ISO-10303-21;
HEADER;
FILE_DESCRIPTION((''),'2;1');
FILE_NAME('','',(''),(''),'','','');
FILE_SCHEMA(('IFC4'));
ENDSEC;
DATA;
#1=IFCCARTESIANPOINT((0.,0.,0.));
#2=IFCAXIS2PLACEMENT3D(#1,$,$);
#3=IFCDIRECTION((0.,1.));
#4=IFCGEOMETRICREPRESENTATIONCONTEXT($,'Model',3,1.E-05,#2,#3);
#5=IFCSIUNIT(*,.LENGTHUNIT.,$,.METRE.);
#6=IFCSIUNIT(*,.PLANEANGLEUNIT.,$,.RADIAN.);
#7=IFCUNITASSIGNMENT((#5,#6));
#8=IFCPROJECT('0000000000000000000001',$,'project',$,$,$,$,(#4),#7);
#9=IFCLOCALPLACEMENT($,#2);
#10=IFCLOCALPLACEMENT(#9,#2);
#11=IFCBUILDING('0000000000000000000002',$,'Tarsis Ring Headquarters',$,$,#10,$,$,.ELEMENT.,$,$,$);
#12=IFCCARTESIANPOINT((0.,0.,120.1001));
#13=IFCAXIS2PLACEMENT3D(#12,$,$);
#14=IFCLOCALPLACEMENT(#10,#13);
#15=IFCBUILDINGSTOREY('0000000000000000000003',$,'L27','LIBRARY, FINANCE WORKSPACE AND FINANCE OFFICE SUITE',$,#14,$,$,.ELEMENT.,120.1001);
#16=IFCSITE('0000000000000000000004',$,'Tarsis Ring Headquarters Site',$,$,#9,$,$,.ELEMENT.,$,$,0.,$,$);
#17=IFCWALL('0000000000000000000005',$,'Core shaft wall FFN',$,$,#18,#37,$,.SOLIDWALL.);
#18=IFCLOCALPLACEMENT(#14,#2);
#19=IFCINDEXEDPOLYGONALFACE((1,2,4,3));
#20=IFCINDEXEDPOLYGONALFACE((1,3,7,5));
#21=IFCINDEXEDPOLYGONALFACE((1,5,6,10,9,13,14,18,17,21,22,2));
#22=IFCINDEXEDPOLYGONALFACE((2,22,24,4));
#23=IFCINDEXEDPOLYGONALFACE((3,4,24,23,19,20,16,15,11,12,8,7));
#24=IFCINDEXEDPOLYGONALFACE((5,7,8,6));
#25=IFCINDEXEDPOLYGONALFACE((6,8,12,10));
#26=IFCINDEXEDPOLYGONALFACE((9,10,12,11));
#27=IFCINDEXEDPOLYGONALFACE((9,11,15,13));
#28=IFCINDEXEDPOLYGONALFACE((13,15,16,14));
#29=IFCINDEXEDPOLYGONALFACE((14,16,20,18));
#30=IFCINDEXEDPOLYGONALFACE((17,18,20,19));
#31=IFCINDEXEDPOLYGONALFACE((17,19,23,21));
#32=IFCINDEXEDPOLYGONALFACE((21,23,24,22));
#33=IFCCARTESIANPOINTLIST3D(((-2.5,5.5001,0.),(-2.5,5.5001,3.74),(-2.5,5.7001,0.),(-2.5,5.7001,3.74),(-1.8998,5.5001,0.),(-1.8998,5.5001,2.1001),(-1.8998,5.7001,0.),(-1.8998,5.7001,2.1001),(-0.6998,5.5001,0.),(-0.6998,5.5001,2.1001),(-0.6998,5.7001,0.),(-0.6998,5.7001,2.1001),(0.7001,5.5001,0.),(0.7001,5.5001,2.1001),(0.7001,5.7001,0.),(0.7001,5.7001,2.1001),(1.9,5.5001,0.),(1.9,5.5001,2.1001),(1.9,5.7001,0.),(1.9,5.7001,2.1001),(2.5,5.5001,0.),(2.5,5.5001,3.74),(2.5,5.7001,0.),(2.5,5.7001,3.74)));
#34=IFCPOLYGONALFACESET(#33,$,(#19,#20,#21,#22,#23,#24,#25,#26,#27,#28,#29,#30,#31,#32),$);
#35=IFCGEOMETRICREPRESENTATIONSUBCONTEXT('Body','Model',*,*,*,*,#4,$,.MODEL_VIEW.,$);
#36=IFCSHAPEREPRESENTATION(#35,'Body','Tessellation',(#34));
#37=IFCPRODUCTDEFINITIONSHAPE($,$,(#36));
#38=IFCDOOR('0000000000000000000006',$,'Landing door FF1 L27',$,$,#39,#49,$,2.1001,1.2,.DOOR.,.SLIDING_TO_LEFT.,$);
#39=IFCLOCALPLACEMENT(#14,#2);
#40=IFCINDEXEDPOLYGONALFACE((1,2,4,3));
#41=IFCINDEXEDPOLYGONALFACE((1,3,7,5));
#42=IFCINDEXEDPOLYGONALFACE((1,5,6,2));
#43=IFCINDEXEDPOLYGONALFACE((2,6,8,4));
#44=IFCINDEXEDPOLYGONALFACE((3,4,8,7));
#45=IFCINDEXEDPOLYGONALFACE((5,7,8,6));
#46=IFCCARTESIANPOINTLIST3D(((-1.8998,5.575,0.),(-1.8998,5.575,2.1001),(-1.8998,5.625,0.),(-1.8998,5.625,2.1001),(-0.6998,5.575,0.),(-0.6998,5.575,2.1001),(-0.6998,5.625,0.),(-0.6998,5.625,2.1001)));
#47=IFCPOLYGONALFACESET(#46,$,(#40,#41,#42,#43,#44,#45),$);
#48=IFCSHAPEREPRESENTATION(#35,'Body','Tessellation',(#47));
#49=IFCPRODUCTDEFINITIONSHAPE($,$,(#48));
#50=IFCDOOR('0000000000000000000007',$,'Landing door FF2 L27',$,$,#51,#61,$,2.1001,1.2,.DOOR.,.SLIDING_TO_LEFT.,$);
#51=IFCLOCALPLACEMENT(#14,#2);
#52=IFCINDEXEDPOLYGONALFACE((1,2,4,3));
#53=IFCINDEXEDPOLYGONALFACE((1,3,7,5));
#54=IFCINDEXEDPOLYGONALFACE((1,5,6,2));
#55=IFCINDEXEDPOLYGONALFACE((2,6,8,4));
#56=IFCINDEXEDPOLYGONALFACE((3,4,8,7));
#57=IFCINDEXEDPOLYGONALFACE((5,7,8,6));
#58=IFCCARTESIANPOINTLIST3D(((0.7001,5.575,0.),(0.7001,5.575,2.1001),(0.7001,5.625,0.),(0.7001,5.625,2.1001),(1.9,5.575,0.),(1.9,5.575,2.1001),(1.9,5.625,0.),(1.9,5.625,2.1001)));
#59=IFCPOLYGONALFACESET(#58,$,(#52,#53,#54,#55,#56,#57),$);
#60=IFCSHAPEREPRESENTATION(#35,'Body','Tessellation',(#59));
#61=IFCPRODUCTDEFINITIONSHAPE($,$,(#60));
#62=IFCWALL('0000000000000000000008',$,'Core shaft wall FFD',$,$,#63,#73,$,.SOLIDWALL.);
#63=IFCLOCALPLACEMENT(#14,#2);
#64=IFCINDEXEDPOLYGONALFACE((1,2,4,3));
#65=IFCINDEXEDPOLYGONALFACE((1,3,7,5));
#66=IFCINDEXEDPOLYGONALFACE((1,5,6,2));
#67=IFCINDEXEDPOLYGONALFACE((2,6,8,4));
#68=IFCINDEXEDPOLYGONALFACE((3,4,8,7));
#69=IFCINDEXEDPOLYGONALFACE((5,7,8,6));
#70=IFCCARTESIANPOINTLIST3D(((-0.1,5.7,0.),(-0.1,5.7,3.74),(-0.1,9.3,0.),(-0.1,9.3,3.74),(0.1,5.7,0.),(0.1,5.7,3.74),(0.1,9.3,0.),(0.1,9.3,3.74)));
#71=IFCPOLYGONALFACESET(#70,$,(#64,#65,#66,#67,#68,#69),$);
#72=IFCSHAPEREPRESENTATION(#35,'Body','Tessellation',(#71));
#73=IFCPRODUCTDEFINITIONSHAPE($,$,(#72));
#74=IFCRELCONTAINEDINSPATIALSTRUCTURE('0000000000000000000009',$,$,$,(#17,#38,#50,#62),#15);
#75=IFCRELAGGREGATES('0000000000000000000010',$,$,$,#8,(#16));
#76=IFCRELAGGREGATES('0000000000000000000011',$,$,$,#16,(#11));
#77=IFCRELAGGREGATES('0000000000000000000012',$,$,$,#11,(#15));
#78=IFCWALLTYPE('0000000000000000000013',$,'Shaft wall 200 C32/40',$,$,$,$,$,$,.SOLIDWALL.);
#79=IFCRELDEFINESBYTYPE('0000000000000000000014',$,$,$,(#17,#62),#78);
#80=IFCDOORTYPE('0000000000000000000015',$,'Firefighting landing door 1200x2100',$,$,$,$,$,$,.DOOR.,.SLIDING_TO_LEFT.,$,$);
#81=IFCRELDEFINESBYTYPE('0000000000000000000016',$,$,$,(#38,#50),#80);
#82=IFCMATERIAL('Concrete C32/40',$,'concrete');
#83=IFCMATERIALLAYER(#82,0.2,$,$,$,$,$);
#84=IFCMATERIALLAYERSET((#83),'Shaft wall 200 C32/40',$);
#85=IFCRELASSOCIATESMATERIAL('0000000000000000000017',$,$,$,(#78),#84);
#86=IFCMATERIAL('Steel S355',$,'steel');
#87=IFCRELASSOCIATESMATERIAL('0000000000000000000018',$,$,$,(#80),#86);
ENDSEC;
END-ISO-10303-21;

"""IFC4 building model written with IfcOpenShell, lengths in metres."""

from ifc_helpers import new_model, si_unit, direction, frame, frame_2d, origin, place, context, subcontext, project, spatial, rectangle, extrude, material, layer, layer_set, type_object, element, fill, save


model = new_model("IFC4")

# Units and contexts
model_context = context("Model", 3, precision=1e-05, world=origin(), true_north=direction((0.0, 1.0)))
body_context = subcontext(model_context, "Body", "Model", "MODEL_VIEW")
ifc_project = project(units=[si_unit("LENGTHUNIT", "METRE"), si_unit("PLANEANGLEUNIT", "RADIAN")], contexts=[model_context])

# Site, building, storey
site_placement = place(None, origin())
site = spatial("IfcSite", under=ifc_project, at=site_placement, Name="Tarsis Ring Headquarters Site", CompositionType="ELEMENT", RefElevation=0.0)
building_placement = place(site_placement, origin())
building = spatial("IfcBuilding", under=site, at=building_placement, Name="Tarsis Ring Headquarters", CompositionType="ELEMENT")
storey_placement = place(building_placement, frame((0.0, 0.0, 120.1001)))
storey = spatial("IfcBuildingStorey", under=building, at=storey_placement, Name="L27", Description="LIBRARY, FINANCE WORKSPACE AND FINANCE OFFICE SUITE", CompositionType="ELEMENT", Elevation=120.1001)

# Shared definitions
ifc_material_1 = material(Name="Concrete C32/40", Category="concrete")
ifc_layer_1 = layer(ifc_material_1, 0.2)
ifc_layer_set_1 = layer_set([ifc_layer_1], Name="Shaft wall 200 C32/40")
wall_type_1 = type_object("IfcWallType", Name="Shaft wall 200 C32/40", PredefinedType="SOLIDWALL", material=ifc_layer_set_1)
ifc_material_2 = material(Name="Steel S355", Category="steel")

# Wall, openings, doors
wall_1_placement = place(storey_placement, frame((-2.5, 5.6001, 0.0), z_axis=(0.0, 0.0, 1.0), x_axis=(1.0, 0.0, 0.0)))
wall_1 = element("IfcWall", 1, at=wall_1_placement, inside=storey, type_object=wall_type_1, Name="Core shaft wall FFN", PredefinedType="SOLIDWALL", context=body_context, shape_type="SweptSolid", body=[
    extrude(rectangle(XDim=5.0, YDim=0.2, at=frame_2d((2.5, 0.0))), origin(), (0.0, 0.0, 1.0), 3.74),
])
opening_1_placement = place(wall_1_placement, frame((0.6001, 0.0, 0.0)))
opening_1 = element("IfcOpeningElement", 2, at=opening_1_placement, cuts=wall_1, PredefinedType="OPENING", context=body_context, shape_type="SweptSolid", body=[
    extrude(rectangle(XDim=1.2, YDim=2.1001, at=frame_2d((0.6001, 1.05))), frame((0.0, 0.1099, 0.0), z_axis=(0.0, -1.0, 0.0), x_axis=(1.0, 0.0, 0.0)), (0.0, 0.0, 1.0), 0.22),
])
opening_2_placement = place(wall_1_placement, frame((3.2, 0.0, 0.0)))
opening_2 = element("IfcOpeningElement", 3, at=opening_2_placement, cuts=wall_1, PredefinedType="OPENING", context=body_context, shape_type="SweptSolid", body=[
    extrude(rectangle(XDim=1.2, YDim=2.1001, at=frame_2d((0.6001, 1.05))), frame((0.0, 0.1099, 0.0), z_axis=(0.0, -1.0, 0.0), x_axis=(1.0, 0.0, 0.0)), (0.0, 0.0, 1.0), 0.22),
])
door_type_1 = type_object("IfcDoorType", Name="Firefighting landing door 1200x2100", OperationType="SLIDING_TO_LEFT", PredefinedType="DOOR", material=ifc_material_2)
door_1_placement = place(opening_1_placement, origin())
door_1 = element("IfcDoor", 4, at=door_1_placement, inside=storey, type_object=door_type_1, Name="Landing door FF1 L27", OperationType="SLIDING_TO_LEFT", OverallHeight=2.1001, OverallWidth=1.2, PredefinedType="DOOR", context=body_context, shape_type="SweptSolid", body=[
    extrude(rectangle(XDim=1.2, YDim=2.1001, at=frame_2d((0.6001, 1.05))), frame((0.0, 0.0249, 0.0), z_axis=(0.0, -1.0, 0.0), x_axis=(1.0, 0.0, 0.0)), (0.0, 0.0, 1.0), 0.05),
])
fill(opening_1, door_1)
door_2_placement = place(opening_2_placement, origin())
door_2 = element("IfcDoor", 5, at=door_2_placement, inside=storey, type_object=door_type_1, Name="Landing door FF2 L27", OperationType="SLIDING_TO_LEFT", OverallHeight=2.1001, OverallWidth=1.2, PredefinedType="DOOR", context=body_context, shape_type="SweptSolid", body=[
    extrude(rectangle(XDim=1.2, YDim=2.1001, at=frame_2d((0.6001, 1.05))), frame((0.0, 0.0249, 0.0), z_axis=(0.0, -1.0, 0.0), x_axis=(1.0, 0.0, 0.0)), (0.0, 0.0, 1.0), 0.05),
])
fill(opening_2, door_2)

# Wall
wall_2_placement = place(storey_placement, frame((0.0, 5.7, 0.0), z_axis=(0.0, 0.0, 1.0), x_axis=(0.0, 1.0, 0.0)))
element("IfcWall", 6, at=wall_2_placement, inside=storey, type_object=wall_type_1, Name="Core shaft wall FFD", PredefinedType="SOLIDWALL", context=body_context, shape_type="SweptSolid", body=[
    extrude(rectangle(XDim=3.6001, YDim=0.2, at=frame_2d((1.8, 0.0))), origin(), (0.0, 0.0, 1.0), 3.74),
])

save(model, "model.ifc")
